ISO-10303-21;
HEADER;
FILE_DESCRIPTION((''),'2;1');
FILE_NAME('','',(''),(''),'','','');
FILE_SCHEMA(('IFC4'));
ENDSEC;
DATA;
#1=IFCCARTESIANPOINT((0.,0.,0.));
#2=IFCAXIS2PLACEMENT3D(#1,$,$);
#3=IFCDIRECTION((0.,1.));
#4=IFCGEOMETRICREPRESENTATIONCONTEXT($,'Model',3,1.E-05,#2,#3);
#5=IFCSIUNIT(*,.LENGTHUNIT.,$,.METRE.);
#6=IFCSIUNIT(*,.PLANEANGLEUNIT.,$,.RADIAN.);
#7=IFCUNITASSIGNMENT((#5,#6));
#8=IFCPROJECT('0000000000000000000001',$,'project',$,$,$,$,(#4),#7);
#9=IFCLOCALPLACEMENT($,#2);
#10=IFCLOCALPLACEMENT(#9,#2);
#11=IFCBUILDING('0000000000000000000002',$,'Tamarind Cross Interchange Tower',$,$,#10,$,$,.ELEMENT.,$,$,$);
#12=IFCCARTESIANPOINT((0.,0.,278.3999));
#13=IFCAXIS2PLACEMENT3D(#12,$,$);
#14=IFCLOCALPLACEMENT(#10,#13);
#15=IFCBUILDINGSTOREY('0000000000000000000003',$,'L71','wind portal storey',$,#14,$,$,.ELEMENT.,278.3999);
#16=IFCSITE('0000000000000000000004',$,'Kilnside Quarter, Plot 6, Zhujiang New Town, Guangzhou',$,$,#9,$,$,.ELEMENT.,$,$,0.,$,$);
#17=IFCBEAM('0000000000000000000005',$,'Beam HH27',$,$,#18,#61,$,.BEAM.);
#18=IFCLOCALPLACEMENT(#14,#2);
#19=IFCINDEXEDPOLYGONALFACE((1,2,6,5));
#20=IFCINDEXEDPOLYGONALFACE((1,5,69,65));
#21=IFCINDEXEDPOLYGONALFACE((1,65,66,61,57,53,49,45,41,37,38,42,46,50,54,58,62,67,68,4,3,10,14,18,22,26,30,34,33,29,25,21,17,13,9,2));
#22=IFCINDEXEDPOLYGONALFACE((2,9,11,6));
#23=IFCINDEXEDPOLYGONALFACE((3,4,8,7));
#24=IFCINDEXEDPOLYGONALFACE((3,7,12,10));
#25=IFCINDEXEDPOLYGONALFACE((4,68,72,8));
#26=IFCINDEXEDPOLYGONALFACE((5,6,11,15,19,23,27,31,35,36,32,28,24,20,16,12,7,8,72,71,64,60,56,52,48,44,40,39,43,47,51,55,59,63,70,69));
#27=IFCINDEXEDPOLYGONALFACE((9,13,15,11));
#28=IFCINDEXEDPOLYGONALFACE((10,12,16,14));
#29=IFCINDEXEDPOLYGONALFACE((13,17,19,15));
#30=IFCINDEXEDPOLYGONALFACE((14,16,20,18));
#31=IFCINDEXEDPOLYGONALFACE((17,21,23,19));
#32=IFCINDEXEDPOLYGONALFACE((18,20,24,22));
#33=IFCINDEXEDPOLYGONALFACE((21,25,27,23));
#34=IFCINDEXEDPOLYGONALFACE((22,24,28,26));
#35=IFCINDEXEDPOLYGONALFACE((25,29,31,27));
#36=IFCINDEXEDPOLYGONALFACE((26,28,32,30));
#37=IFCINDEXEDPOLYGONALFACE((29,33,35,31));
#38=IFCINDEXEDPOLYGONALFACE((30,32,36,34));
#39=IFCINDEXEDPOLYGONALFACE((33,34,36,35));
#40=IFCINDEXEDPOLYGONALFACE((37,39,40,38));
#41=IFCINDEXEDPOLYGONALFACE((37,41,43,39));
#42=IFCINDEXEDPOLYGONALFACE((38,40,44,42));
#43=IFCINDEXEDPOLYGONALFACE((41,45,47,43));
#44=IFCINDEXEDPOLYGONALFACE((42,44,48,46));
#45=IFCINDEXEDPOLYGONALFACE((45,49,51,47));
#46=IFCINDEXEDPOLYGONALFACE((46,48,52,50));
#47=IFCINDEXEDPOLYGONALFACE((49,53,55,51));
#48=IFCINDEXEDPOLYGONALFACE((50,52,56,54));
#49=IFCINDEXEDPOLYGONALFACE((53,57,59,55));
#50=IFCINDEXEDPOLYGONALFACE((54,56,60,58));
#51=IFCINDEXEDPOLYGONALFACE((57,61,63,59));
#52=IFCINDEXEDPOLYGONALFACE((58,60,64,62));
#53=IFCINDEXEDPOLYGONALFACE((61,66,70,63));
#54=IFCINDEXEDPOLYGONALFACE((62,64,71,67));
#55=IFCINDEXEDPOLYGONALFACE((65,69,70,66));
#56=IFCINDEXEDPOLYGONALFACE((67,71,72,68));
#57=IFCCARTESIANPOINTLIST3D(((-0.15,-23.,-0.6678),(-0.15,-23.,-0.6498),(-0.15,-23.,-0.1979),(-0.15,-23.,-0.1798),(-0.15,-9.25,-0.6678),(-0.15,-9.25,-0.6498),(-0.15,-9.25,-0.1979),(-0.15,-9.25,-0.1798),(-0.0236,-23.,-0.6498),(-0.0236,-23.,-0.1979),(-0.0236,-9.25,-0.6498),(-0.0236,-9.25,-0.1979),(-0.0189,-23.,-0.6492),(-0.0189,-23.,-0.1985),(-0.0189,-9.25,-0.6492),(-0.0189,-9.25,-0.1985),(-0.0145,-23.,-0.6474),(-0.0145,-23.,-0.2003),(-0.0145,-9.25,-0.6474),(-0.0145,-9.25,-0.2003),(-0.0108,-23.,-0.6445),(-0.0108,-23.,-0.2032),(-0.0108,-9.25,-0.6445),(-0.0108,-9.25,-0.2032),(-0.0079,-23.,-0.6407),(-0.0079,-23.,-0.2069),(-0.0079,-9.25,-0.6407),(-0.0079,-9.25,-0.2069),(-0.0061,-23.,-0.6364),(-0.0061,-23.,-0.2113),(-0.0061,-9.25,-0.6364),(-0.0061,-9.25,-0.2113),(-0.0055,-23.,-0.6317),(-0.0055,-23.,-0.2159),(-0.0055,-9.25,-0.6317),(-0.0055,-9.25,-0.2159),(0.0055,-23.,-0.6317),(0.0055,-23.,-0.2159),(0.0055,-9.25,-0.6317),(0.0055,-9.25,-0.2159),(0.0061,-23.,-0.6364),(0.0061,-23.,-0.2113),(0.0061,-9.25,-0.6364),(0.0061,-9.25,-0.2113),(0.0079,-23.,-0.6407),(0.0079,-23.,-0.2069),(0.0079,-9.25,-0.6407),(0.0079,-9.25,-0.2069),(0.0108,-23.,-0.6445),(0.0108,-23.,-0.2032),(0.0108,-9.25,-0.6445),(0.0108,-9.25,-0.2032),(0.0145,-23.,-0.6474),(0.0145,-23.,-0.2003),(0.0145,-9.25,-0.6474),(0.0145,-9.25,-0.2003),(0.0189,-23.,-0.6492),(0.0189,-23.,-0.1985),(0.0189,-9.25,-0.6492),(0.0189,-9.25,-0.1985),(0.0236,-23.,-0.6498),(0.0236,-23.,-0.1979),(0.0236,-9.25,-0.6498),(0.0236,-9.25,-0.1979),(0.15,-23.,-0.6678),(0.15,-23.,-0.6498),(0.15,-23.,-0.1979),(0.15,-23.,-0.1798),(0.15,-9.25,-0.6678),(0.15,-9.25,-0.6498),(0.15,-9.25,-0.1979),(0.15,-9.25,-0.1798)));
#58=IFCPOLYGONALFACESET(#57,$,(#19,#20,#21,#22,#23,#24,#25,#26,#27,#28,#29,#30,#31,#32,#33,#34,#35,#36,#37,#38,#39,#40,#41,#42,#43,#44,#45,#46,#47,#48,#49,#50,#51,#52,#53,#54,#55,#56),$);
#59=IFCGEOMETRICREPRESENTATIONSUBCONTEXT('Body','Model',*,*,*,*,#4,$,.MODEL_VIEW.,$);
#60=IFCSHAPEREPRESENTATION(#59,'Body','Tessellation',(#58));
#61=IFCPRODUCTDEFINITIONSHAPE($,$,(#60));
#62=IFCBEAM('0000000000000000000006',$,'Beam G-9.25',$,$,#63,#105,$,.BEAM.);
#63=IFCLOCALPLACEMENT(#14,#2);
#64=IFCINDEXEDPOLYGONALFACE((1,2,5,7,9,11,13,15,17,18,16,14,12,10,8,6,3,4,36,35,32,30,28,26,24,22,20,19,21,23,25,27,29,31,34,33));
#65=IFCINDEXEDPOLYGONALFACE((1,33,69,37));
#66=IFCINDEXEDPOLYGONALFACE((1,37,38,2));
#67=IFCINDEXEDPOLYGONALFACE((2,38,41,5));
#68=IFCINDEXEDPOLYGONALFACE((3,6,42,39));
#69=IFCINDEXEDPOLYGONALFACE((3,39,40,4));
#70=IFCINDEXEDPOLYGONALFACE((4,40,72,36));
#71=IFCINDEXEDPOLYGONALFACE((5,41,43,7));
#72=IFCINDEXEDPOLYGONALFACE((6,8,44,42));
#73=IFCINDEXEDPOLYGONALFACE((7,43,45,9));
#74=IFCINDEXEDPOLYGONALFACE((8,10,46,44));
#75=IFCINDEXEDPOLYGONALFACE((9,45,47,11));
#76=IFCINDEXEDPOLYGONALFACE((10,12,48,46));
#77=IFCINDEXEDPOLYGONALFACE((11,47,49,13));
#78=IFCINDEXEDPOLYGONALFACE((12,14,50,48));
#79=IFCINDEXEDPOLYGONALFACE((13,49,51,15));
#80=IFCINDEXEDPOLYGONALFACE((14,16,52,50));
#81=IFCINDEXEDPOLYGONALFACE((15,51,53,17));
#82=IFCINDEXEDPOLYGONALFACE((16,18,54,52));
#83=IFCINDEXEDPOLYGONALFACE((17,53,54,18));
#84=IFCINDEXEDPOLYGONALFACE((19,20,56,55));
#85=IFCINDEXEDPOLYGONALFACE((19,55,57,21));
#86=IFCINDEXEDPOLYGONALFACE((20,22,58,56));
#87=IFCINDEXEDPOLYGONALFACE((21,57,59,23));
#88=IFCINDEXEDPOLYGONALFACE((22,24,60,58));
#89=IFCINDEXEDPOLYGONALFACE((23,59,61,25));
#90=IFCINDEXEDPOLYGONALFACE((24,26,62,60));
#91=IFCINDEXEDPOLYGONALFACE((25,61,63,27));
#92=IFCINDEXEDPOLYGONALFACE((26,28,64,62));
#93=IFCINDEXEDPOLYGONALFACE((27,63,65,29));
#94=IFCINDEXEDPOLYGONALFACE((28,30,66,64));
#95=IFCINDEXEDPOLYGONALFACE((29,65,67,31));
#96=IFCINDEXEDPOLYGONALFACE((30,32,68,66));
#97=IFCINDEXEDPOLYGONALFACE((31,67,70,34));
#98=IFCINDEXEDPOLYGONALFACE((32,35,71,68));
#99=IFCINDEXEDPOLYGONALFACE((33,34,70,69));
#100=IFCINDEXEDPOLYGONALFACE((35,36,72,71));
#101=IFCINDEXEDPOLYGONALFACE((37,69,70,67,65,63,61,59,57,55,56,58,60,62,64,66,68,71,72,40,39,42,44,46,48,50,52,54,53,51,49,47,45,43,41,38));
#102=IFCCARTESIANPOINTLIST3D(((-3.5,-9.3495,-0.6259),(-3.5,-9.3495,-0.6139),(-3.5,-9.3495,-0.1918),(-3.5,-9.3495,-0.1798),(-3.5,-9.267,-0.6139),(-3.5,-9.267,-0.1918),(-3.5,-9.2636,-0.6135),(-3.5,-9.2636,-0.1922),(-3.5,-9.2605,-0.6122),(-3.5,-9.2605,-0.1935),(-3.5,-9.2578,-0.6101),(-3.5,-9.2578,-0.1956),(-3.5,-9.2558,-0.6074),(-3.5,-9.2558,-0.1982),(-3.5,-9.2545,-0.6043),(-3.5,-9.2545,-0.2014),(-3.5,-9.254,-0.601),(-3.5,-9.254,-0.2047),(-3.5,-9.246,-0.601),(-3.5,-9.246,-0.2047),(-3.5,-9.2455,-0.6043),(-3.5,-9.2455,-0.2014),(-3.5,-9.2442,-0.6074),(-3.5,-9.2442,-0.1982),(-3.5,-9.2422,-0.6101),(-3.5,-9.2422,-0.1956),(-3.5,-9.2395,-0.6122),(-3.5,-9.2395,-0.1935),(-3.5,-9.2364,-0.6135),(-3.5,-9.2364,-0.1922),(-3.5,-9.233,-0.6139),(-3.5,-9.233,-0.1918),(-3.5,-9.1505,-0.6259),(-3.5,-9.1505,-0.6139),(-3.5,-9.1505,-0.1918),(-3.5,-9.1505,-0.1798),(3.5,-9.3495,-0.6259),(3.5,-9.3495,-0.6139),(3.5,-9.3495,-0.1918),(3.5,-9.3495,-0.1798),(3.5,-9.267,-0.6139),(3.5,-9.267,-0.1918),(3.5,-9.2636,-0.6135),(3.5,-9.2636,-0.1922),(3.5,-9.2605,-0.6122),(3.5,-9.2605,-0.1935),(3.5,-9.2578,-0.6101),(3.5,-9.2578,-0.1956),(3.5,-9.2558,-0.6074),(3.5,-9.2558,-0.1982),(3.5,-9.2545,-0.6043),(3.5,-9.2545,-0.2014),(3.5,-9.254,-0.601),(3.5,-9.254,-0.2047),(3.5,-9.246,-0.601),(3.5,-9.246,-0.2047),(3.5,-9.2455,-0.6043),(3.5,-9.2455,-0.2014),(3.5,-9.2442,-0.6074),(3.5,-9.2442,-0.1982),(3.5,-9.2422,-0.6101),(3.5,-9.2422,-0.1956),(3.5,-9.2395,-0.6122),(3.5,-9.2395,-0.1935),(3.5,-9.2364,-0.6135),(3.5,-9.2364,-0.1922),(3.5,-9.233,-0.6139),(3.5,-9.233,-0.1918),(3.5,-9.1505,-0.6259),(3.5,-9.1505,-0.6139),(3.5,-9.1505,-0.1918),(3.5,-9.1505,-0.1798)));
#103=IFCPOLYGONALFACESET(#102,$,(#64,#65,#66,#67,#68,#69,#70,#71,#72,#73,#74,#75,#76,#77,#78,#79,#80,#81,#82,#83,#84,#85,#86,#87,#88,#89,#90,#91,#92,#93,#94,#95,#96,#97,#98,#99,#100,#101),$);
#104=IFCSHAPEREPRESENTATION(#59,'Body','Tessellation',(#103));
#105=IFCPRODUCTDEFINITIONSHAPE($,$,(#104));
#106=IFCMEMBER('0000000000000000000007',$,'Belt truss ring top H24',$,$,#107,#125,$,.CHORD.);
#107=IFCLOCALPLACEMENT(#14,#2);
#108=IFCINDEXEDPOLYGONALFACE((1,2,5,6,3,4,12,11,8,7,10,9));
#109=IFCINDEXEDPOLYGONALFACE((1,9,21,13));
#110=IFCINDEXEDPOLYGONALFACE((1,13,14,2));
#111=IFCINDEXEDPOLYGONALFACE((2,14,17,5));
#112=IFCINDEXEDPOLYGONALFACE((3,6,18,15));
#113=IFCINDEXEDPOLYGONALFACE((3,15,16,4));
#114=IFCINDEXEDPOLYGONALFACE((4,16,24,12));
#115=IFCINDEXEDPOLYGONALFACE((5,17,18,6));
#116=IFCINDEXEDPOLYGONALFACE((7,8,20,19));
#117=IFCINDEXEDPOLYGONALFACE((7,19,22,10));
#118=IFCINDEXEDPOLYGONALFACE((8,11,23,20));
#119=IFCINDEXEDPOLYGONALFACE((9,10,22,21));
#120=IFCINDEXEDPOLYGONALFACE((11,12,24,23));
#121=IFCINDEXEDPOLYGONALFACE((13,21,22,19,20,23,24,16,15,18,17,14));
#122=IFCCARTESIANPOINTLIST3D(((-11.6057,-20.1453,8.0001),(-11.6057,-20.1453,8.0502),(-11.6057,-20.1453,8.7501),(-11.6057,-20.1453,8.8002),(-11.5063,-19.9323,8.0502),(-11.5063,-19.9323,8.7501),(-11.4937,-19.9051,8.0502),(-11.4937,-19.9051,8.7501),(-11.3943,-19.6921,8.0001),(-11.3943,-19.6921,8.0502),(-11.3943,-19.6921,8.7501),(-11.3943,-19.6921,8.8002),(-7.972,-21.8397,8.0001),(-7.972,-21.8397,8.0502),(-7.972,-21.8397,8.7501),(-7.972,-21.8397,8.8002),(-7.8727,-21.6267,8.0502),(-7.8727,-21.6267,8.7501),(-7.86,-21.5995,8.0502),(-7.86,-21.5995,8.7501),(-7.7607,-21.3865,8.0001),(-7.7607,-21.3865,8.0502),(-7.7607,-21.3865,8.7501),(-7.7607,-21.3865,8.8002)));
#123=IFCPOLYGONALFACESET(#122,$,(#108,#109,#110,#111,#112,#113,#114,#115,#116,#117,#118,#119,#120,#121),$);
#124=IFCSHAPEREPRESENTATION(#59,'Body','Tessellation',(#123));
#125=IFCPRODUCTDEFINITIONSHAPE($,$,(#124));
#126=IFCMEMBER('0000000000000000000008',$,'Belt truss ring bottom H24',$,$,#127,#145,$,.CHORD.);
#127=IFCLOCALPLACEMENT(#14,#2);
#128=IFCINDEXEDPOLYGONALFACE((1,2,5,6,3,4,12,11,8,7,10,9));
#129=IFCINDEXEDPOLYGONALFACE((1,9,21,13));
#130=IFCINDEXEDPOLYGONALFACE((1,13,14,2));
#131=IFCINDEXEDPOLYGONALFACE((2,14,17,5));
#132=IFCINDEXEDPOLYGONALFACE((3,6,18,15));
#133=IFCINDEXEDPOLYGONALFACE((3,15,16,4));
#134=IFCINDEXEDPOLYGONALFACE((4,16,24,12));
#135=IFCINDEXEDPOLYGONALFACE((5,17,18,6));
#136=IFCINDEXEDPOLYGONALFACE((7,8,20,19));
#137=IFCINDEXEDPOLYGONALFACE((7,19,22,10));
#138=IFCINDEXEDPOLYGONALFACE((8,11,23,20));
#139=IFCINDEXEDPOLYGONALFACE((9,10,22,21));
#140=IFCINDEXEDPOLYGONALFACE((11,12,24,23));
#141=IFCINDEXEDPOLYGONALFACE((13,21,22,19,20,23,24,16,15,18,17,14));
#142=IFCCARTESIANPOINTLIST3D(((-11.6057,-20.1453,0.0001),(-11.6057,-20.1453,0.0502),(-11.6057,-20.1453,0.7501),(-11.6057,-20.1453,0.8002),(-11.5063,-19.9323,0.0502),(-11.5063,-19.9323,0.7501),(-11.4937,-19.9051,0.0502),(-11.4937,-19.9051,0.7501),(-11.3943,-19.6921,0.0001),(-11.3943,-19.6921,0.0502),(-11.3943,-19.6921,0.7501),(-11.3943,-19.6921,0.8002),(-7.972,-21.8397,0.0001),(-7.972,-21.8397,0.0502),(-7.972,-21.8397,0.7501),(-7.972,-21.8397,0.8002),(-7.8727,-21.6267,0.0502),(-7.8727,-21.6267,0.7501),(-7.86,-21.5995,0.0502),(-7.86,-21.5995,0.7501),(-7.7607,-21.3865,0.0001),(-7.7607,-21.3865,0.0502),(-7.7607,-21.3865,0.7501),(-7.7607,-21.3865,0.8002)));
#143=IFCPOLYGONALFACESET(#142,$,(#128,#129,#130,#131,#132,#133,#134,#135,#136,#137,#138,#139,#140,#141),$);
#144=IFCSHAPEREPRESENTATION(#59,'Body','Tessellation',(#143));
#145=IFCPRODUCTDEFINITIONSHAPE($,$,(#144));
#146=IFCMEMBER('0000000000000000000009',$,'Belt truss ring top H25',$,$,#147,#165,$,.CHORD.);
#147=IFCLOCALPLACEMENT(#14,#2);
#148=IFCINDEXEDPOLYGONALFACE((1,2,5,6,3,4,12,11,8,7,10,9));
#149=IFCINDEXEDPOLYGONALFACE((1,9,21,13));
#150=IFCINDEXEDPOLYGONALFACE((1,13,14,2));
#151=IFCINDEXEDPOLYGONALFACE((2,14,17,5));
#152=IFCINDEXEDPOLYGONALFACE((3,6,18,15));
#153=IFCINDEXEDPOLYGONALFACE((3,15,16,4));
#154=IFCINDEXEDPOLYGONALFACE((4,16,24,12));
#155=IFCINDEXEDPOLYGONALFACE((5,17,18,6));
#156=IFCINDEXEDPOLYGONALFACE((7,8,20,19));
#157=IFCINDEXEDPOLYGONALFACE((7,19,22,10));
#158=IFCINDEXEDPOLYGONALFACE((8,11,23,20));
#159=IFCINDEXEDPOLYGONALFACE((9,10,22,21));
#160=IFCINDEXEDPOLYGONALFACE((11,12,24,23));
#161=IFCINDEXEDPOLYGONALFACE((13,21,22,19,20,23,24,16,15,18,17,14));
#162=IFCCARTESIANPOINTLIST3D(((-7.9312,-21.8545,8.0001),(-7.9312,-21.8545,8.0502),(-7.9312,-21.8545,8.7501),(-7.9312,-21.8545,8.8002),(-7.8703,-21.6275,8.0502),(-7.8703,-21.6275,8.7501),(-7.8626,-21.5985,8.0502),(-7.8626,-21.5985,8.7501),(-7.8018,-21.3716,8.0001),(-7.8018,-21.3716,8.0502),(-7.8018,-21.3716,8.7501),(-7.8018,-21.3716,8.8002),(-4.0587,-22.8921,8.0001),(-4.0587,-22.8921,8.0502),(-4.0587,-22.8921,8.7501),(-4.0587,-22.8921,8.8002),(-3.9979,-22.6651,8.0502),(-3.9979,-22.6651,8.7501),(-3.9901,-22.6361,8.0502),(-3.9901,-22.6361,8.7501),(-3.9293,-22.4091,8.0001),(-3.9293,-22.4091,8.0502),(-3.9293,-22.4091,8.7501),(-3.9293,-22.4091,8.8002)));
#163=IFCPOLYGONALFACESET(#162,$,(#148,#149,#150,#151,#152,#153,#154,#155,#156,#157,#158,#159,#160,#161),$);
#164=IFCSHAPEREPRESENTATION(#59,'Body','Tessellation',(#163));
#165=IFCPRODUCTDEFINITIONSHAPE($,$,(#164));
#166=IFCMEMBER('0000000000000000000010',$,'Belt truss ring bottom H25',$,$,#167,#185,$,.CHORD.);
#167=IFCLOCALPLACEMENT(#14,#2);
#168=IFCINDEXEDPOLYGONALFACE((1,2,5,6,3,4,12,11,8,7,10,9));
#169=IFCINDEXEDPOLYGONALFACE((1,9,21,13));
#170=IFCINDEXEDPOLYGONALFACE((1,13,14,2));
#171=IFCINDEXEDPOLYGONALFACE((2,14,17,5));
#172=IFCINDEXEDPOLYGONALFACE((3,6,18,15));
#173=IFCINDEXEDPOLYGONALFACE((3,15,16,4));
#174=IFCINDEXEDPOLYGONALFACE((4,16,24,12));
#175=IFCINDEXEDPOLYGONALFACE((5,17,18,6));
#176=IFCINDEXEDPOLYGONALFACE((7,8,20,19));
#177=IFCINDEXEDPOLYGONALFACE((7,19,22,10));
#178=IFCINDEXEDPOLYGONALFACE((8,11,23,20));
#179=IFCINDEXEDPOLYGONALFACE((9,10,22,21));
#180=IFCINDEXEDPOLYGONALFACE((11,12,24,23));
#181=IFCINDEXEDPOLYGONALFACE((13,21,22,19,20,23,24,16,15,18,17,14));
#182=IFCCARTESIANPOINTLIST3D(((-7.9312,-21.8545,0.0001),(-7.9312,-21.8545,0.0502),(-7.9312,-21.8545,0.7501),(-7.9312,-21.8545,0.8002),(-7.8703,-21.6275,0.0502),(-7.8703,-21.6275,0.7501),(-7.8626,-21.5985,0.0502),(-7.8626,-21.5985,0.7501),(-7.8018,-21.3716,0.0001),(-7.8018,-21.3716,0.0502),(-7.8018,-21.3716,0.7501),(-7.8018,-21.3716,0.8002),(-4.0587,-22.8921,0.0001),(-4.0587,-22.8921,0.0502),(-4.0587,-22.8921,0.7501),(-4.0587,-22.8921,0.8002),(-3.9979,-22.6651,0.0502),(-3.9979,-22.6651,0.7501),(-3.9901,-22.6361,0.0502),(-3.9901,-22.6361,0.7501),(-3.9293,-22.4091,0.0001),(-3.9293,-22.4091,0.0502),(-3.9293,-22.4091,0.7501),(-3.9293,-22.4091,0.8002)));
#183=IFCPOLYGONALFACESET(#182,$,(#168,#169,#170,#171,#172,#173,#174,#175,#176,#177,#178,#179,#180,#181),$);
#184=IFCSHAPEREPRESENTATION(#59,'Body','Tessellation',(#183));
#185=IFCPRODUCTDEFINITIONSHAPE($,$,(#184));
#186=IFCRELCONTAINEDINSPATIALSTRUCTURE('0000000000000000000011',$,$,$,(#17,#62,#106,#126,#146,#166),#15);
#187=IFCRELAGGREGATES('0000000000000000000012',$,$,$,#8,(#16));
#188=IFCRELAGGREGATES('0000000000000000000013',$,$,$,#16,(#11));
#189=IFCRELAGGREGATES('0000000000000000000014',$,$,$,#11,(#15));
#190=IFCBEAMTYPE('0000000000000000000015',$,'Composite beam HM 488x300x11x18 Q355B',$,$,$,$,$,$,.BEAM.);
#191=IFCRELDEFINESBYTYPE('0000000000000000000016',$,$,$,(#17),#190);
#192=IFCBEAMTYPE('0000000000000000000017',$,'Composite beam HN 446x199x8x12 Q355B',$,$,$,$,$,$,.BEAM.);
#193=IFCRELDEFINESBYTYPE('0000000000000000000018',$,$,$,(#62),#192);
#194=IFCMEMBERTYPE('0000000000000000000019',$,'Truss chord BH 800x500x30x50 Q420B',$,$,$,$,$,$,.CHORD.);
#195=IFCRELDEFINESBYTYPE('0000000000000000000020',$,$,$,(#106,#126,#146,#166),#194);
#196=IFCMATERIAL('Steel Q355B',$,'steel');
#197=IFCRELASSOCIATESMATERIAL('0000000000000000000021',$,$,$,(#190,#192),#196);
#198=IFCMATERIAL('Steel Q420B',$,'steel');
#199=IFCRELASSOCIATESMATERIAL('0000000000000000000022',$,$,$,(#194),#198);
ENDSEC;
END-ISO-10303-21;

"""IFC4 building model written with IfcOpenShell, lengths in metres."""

from ifc_helpers import new_model, si_unit, direction, frame, origin, origin_2d, place, context, subcontext, project, spatial, i_section, extrude, material, material_profile, profile_set, type_object, element, save


model = new_model("IFC4")

# Units and contexts
model_context = context("Model", 3, precision=1e-05, world=origin(), true_north=direction((0.0, 1.0)))
body_context = subcontext(model_context, "Body", "Model", "MODEL_VIEW")
ifc_project = project(units=[si_unit("LENGTHUNIT", "METRE"), si_unit("PLANEANGLEUNIT", "RADIAN")], contexts=[model_context])

# Site, building, storey
site_placement = place(None, origin())
site = spatial("IfcSite", under=ifc_project, at=site_placement, Name="Kilnside Quarter, Plot 6, Zhujiang New Town, Guangzhou", CompositionType="ELEMENT", RefElevation=0.0)
building_placement = place(site_placement, origin())
building = spatial("IfcBuilding", under=site, at=building_placement, Name="Tamarind Cross Interchange Tower", CompositionType="ELEMENT")
storey_placement = place(building_placement, frame((0.0, 0.0, 278.3999)))
storey = spatial("IfcBuildingStorey", under=building, at=storey_placement, Name="L71", Description="wind portal storey", CompositionType="ELEMENT", Elevation=278.3999)

# Beams
ifc_material_1 = material(Name="Steel Q355B", Category="steel")
ifc_material_profile_1 = material_profile(ifc_material_1, i_section(OverallWidth=0.3, OverallDepth=0.488, WebThickness=0.011, FlangeThickness=0.0181, FilletRadius=0.0181, at=origin_2d()), Name="HM 488x300x11x18")
ifc_profile_set_1 = profile_set([ifc_material_profile_1], Name="Steel Q355B")
beam_type_1 = type_object("IfcBeamType", Name="Composite beam HM 488x300x11x18 Q355B", PredefinedType="BEAM", material=ifc_profile_set_1)
beam_1_placement = place(storey_placement, frame((0.0, -23.0, -0.4238), z_axis=(0.0, 1.0, 0.0), x_axis=(-1.0, 0.0, 0.0)))
element("IfcBeam", 1, at=beam_1_placement, inside=storey, type_object=beam_type_1, Name="Beam HH27", PredefinedType="BEAM", context=body_context, shape_type="SweptSolid", body=[
    extrude(i_section(OverallWidth=0.3, OverallDepth=0.488, WebThickness=0.011, FlangeThickness=0.0181, FilletRadius=0.0181, at=origin_2d()), origin(), (0.0, 0.0, 1.0), 13.75),
])
ifc_material_profile_2 = material_profile(ifc_material_1, i_section(OverallWidth=0.199, OverallDepth=0.446, WebThickness=0.0081, FlangeThickness=0.012, FilletRadius=0.0129, at=origin_2d()), Name="HN 446x199x8x12")
ifc_profile_set_2 = profile_set([ifc_material_profile_2], Name="Steel Q355B")
beam_type_2 = type_object("IfcBeamType", Name="Composite beam HN 446x199x8x12 Q355B", PredefinedType="BEAM", material=ifc_profile_set_2)
beam_2_placement = place(storey_placement, frame((-3.5, -9.25, -0.4028), z_axis=(1.0, 0.0, 0.0), x_axis=(0.0, 1.0, 0.0)))
element("IfcBeam", 2, at=beam_2_placement, inside=storey, type_object=beam_type_2, Name="Beam G-9.25", PredefinedType="BEAM", context=body_context, shape_type="SweptSolid", body=[
    extrude(i_section(OverallWidth=0.199, OverallDepth=0.446, WebThickness=0.0081, FlangeThickness=0.012, FilletRadius=0.0129, at=origin_2d()), origin(), (0.0, 0.0, 1.0), 7.0),
])

# Members
ifc_material_2 = material(Name="Steel Q420B", Category="steel")
ifc_material_profile_3 = material_profile(ifc_material_2, i_section(OverallWidth=0.5, OverallDepth=0.8, WebThickness=0.03, FlangeThickness=0.05, at=origin_2d()), Name="BH 800x500x30x50")
ifc_profile_set_3 = profile_set([ifc_material_profile_3], Name="Steel Q420B")
member_type_1 = type_object("IfcMemberType", Name="Truss chord BH 800x500x30x50 Q420B", PredefinedType="CHORD", material=ifc_profile_set_3)
for number, where, z_axis, x_axis, name in (
    (3, (-11.5, -19.9187, 8.4001), (0.906309, -0.422615, 0.0), (0.422615, 0.906309, 0.0), "Belt truss ring top H24"),
    (4, (-11.5, -19.9187, 0.4001), (0.906309, -0.422615, 0.0), (0.422615, 0.906309, 0.0), "Belt truss ring bottom H24"),
):
    element("IfcMember", number, at=place(storey_placement, frame(where, z_axis=z_axis, x_axis=x_axis)), inside=storey, type_object=member_type_1, Name=name, PredefinedType="CHORD", context=body_context, shape_type="SweptSolid", body=[
        extrude(i_section(OverallWidth=0.5, OverallDepth=0.8, WebThickness=0.03, FlangeThickness=0.05, at=origin_2d()), origin(), (0.0, 0.0, 1.0), 4.0093),
    ])
for number, where, z_axis, x_axis, name in (
    (5, (-7.8665, -21.613, 8.4001), (0.965929, -0.258807, 0.0), (0.258807, 0.965929, 0.0), "Belt truss ring top H25"),
    (6, (-7.8665, -21.613, 0.4001), (0.965929, -0.258807, 0.0), (0.258807, 0.965929, 0.0), "Belt truss ring bottom H25"),
):
    element("IfcMember", number, at=place(storey_placement, frame(where, z_axis=z_axis, x_axis=x_axis)), inside=storey, type_object=member_type_1, Name=name, PredefinedType="CHORD", context=body_context, shape_type="SweptSolid", body=[
        extrude(i_section(OverallWidth=0.5, OverallDepth=0.8, WebThickness=0.03, FlangeThickness=0.05, at=origin_2d()), origin(), (0.0, 0.0, 1.0), 4.009),
    ])

save(model, "model.ifc")
